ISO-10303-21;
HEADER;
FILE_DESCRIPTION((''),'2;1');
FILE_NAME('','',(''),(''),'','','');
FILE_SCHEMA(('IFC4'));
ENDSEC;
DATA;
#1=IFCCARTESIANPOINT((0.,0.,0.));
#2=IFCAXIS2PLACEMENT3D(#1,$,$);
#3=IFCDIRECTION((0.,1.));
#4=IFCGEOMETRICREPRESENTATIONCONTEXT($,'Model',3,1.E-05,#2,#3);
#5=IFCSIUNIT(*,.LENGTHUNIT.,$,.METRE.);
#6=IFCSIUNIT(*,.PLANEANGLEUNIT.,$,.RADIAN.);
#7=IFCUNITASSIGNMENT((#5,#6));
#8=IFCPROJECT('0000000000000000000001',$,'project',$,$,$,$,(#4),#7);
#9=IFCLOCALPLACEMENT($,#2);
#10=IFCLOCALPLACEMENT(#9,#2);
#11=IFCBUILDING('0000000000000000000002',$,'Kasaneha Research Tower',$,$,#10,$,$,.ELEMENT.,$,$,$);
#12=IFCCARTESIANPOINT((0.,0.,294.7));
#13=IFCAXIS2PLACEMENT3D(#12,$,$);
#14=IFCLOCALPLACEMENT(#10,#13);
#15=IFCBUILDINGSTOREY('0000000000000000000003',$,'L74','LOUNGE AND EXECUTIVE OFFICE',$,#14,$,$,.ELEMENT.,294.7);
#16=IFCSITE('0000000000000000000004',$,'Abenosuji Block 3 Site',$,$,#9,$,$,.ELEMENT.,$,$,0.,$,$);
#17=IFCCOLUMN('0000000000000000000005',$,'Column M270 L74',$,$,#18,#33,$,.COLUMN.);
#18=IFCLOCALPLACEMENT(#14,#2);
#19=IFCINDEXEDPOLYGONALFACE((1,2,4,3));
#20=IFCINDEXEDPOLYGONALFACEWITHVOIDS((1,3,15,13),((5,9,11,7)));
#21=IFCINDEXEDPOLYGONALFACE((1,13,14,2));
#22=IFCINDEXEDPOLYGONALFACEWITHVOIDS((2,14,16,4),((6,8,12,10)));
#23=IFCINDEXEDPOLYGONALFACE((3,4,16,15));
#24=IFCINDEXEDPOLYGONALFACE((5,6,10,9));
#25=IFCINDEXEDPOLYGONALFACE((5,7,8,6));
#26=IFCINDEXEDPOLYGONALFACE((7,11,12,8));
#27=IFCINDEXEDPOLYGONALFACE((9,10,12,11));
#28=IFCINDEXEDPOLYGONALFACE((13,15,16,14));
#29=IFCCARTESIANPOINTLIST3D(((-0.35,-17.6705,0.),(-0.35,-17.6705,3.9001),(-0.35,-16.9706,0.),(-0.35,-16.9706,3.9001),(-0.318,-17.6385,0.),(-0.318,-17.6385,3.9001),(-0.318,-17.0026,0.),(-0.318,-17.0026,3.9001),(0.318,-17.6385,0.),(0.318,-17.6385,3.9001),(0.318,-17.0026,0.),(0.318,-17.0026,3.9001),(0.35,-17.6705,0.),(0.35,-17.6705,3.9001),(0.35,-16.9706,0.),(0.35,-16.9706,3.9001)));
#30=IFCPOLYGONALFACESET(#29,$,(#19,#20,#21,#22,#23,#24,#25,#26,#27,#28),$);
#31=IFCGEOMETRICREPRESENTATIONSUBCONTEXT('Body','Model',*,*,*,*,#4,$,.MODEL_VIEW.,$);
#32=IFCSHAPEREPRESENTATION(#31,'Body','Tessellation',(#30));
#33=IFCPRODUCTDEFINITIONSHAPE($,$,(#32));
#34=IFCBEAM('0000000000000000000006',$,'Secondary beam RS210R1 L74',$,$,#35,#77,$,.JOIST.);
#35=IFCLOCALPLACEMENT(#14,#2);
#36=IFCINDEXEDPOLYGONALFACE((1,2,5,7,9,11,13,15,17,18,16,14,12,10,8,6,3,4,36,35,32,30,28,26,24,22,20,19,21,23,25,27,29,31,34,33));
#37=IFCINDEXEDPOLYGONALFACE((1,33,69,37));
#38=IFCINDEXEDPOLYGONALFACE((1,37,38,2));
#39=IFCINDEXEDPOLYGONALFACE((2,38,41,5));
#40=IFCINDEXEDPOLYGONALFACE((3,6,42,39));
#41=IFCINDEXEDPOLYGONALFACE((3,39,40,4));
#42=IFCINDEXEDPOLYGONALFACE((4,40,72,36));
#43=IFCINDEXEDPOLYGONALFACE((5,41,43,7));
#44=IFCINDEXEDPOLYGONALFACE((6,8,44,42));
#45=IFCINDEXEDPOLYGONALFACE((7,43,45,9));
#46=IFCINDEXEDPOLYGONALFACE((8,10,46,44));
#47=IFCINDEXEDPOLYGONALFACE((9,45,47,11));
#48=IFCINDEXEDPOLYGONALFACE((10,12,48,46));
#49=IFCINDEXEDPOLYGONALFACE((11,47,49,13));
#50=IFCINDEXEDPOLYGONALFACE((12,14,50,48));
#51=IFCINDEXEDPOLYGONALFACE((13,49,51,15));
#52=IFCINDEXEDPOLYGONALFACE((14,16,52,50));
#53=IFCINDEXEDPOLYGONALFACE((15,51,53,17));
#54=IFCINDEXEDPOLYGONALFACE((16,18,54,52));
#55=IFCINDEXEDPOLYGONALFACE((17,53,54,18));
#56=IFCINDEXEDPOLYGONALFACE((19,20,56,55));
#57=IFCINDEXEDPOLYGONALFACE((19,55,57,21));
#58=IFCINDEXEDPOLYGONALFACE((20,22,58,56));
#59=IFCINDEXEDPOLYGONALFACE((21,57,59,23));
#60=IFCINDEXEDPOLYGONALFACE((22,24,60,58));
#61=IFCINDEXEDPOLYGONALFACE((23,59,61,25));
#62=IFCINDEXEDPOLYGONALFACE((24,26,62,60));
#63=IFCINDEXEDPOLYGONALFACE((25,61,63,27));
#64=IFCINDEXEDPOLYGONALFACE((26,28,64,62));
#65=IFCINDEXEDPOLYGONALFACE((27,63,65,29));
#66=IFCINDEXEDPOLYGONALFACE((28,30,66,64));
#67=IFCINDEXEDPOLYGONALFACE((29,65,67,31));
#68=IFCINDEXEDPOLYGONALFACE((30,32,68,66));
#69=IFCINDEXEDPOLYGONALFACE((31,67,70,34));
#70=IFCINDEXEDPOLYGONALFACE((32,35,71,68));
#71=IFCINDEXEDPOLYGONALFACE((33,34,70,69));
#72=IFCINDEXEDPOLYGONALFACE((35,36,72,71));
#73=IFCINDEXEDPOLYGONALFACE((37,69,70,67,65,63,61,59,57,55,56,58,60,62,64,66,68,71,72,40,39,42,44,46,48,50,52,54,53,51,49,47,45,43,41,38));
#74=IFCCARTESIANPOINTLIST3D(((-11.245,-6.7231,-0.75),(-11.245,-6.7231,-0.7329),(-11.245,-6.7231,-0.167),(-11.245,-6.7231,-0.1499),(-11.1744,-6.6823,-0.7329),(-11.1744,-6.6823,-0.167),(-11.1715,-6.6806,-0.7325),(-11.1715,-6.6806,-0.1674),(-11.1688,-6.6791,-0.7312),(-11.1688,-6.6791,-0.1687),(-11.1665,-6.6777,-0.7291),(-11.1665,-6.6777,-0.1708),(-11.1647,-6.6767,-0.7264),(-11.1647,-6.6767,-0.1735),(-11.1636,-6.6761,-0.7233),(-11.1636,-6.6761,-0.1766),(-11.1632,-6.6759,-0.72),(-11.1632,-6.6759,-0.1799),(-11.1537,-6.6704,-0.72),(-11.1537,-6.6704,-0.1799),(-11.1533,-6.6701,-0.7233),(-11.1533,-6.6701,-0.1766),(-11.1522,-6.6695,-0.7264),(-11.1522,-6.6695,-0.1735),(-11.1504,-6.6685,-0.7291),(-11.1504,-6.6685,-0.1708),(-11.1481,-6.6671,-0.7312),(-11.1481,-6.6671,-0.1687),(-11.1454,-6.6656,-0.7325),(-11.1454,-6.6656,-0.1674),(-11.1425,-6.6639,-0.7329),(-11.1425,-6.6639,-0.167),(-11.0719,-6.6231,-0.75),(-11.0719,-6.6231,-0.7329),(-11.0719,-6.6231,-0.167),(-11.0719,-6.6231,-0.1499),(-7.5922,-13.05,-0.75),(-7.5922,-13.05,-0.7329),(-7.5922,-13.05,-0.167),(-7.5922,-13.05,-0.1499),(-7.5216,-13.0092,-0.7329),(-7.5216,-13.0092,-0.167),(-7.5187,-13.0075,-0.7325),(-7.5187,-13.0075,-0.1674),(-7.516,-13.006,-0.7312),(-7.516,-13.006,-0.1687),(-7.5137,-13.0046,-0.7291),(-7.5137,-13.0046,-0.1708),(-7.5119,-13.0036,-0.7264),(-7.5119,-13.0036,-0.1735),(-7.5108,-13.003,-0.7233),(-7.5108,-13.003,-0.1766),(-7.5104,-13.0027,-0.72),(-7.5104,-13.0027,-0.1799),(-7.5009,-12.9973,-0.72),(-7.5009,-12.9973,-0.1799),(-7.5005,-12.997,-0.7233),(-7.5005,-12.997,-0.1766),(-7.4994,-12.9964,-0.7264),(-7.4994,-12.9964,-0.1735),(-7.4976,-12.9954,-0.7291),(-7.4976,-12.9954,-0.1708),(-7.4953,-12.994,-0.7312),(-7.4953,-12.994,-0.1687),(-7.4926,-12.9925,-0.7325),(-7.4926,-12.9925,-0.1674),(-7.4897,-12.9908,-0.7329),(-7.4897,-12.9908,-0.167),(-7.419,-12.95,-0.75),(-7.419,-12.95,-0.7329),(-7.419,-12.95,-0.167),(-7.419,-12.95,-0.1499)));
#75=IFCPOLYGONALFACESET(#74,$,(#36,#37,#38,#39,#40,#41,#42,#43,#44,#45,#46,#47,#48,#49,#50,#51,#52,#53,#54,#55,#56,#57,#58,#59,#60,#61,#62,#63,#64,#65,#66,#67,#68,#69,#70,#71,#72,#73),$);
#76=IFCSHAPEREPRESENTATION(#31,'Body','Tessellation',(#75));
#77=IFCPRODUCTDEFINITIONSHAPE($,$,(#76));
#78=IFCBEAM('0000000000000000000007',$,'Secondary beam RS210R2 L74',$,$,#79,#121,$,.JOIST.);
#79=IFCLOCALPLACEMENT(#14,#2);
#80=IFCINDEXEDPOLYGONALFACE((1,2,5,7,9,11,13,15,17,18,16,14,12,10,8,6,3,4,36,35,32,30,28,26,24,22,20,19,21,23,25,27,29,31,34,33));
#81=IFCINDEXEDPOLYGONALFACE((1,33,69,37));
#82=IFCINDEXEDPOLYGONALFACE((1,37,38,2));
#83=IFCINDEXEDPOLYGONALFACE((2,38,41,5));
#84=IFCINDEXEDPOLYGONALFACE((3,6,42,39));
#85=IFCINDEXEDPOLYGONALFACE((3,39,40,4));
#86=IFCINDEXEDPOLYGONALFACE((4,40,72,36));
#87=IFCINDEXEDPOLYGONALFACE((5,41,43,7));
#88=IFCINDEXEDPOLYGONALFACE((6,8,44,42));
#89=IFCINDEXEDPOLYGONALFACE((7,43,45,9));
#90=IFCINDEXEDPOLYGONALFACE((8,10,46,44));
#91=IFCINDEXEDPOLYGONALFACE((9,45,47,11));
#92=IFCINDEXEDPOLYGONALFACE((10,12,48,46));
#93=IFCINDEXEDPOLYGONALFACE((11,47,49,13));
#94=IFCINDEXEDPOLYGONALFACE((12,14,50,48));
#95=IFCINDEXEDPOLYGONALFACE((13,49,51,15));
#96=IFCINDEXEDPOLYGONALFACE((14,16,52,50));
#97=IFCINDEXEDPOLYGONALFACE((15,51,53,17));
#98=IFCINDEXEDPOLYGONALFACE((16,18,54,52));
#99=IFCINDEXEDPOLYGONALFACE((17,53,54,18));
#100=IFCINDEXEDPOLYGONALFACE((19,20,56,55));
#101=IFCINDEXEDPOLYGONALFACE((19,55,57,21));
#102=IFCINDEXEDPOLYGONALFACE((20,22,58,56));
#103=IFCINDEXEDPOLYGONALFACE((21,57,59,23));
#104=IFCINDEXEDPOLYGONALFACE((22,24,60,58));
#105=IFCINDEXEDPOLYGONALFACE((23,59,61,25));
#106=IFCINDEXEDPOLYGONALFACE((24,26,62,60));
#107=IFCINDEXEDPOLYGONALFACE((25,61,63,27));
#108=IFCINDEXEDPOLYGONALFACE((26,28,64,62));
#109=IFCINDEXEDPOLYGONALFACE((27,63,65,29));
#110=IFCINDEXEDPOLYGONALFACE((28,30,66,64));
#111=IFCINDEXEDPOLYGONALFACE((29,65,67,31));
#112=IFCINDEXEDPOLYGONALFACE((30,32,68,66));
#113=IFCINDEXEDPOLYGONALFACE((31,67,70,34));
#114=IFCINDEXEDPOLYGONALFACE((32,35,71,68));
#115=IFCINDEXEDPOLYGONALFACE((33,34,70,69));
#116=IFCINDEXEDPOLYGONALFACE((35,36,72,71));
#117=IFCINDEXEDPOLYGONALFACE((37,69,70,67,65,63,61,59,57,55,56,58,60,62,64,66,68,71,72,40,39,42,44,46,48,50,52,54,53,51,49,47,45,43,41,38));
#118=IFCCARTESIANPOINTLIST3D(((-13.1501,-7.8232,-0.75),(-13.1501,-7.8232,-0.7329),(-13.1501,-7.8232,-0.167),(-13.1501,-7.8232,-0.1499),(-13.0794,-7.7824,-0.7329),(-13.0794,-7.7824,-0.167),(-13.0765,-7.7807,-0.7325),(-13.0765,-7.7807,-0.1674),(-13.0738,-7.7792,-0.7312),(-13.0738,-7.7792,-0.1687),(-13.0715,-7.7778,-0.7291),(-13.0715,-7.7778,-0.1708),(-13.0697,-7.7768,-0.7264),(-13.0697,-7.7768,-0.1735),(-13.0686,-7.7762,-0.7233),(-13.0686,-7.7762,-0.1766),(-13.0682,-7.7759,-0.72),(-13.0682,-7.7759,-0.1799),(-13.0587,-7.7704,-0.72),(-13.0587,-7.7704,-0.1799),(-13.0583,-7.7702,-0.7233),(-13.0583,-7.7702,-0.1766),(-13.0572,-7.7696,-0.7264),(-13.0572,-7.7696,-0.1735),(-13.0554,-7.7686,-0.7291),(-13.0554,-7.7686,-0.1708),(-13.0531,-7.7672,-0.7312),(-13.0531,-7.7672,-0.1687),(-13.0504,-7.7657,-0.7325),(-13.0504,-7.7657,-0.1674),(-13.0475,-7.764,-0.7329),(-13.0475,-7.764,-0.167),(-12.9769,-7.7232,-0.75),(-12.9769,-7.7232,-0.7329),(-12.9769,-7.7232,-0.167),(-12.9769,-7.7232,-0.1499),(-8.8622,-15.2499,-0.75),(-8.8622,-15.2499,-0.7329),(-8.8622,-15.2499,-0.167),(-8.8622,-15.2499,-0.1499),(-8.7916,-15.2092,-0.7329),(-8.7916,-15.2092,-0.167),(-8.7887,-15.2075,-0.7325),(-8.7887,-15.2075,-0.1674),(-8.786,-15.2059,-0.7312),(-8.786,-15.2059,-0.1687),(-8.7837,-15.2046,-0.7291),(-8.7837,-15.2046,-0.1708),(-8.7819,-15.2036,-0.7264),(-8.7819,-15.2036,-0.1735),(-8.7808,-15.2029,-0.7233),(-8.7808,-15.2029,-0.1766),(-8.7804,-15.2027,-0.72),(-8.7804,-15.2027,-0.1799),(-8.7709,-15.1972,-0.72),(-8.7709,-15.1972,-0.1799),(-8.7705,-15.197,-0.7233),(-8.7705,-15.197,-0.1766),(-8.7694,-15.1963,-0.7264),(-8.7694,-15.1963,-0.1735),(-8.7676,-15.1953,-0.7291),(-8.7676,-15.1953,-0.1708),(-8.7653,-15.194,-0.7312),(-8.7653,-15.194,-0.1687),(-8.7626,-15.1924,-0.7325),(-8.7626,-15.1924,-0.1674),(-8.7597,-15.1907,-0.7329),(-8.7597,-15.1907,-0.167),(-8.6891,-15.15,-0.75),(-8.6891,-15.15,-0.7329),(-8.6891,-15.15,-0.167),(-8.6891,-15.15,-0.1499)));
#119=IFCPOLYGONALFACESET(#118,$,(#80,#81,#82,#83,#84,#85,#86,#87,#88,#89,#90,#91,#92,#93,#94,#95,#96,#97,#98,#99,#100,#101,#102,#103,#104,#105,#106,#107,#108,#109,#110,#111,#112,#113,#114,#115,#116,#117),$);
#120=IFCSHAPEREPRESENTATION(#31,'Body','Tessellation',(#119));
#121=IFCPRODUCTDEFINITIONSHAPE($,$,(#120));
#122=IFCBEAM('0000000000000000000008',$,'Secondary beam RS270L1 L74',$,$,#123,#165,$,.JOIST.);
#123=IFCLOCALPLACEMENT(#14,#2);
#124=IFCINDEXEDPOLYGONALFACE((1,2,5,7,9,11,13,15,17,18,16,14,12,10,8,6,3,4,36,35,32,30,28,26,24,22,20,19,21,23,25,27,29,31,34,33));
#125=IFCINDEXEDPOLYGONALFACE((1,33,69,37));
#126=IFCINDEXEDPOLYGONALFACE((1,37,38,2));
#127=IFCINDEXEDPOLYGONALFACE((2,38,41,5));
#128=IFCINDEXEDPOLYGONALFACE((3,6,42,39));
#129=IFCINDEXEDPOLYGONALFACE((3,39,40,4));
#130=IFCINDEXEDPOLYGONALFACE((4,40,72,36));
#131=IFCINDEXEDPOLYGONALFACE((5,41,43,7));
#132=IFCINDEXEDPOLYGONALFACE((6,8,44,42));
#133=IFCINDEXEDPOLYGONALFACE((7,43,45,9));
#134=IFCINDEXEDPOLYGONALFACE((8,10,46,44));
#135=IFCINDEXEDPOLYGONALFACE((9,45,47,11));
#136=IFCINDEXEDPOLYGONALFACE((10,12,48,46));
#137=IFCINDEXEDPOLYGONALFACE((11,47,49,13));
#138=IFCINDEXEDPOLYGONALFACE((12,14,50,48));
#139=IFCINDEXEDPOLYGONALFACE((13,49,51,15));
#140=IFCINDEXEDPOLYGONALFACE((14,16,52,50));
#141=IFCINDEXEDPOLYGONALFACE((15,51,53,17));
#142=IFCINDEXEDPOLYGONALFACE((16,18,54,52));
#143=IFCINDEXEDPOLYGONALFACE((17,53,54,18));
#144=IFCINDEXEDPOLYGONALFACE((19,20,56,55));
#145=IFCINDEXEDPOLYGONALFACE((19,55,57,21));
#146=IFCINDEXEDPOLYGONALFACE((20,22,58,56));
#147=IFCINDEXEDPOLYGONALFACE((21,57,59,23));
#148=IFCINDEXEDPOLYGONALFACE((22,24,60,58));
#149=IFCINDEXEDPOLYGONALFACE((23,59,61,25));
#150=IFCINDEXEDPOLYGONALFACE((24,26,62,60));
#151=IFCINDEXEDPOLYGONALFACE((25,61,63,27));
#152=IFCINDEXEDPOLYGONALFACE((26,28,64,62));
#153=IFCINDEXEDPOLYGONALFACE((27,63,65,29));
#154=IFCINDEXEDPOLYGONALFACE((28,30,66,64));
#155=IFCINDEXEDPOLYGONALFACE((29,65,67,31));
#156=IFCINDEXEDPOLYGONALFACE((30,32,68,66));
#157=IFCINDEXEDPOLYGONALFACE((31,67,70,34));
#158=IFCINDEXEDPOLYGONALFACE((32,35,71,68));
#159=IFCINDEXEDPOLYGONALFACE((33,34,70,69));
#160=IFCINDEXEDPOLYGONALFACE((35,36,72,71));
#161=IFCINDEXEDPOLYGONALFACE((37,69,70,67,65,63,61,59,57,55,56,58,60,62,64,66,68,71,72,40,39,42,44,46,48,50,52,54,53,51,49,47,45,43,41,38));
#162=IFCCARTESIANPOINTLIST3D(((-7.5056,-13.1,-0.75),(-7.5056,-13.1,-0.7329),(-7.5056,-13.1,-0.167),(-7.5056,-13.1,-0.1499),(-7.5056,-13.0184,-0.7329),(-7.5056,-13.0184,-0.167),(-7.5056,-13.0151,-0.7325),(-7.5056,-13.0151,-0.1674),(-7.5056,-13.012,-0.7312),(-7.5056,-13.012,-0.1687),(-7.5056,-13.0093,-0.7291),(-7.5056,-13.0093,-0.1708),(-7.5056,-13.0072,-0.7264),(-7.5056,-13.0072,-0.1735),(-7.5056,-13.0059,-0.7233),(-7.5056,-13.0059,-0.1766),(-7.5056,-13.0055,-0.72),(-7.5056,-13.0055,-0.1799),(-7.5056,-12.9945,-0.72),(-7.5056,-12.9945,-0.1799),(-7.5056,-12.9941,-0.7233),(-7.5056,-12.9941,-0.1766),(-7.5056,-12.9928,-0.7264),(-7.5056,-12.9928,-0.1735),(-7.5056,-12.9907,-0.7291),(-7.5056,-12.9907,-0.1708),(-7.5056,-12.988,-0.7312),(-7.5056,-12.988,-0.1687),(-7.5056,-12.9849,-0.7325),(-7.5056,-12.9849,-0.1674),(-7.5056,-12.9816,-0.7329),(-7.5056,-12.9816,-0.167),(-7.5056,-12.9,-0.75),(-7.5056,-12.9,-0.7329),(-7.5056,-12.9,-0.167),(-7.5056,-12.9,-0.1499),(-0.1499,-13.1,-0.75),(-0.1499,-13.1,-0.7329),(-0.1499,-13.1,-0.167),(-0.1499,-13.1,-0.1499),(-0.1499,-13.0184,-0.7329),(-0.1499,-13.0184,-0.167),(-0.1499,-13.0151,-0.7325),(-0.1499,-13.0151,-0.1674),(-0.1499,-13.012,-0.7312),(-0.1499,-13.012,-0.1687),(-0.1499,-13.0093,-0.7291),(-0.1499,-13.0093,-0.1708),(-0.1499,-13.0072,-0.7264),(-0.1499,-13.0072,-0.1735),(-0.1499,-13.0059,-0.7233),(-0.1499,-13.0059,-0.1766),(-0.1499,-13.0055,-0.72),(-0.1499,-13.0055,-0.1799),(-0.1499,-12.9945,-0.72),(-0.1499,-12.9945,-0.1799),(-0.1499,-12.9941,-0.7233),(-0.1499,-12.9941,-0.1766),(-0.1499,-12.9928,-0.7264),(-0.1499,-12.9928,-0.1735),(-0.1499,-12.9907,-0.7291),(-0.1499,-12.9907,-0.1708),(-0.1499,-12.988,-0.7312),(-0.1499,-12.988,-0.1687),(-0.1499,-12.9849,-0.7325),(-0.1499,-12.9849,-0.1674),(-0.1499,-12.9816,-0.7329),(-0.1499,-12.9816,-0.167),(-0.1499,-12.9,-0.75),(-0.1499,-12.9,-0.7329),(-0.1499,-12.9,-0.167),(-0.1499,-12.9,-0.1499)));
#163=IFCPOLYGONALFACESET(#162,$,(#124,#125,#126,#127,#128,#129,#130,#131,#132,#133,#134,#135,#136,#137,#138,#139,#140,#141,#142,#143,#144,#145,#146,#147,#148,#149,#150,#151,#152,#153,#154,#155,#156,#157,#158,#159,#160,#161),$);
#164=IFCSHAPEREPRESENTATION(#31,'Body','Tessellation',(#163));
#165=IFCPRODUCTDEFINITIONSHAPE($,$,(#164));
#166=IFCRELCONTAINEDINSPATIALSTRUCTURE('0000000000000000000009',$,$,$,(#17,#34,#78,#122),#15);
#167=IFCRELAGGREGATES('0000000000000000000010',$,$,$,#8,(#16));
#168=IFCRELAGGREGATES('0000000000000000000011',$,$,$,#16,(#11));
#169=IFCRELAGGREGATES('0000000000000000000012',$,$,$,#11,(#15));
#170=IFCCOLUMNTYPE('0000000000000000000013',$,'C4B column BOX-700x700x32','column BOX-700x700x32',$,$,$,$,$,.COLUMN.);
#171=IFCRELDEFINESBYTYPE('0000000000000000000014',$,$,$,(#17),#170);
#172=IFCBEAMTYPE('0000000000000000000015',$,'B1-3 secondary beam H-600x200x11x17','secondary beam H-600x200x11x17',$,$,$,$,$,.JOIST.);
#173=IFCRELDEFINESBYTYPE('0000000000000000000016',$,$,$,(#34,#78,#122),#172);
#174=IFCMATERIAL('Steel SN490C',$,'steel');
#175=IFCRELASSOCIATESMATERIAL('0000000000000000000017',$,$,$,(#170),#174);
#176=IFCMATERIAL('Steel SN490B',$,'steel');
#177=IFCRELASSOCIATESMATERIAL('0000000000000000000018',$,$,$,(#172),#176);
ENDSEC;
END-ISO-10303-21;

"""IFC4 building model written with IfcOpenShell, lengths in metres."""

from ifc_helpers import new_model, si_unit, direction, frame, origin, origin_2d, place, context, subcontext, project, spatial, hollow_rectangle, i_section, extrude, material, material_profile, profile_set, type_object, element, save


model = new_model("IFC4")

# Units and contexts
model_context = context("Model", 3, precision=1e-05, world=origin(), true_north=direction((0.0, 1.0)))
body_context = subcontext(model_context, "Body", "Model", "MODEL_VIEW")
ifc_project = project(units=[si_unit("LENGTHUNIT", "METRE"), si_unit("PLANEANGLEUNIT", "RADIAN")], contexts=[model_context])

# Site, building, storey
site_placement = place(None, origin())
site = spatial("IfcSite", under=ifc_project, at=site_placement, Name="Abenosuji Block 3 Site", CompositionType="ELEMENT", RefElevation=0.0)
building_placement = place(site_placement, origin())
building = spatial("IfcBuilding", under=site, at=building_placement, Name="Kasaneha Research Tower", CompositionType="ELEMENT")
storey_placement = place(building_placement, frame((0.0, 0.0, 294.7)))
storey = spatial("IfcBuildingStorey", under=building, at=storey_placement, Name="L74", Description="LOUNGE AND EXECUTIVE OFFICE", CompositionType="ELEMENT", Elevation=294.7)

# Column
ifc_material_1 = material(Name="Steel SN490C", Category="steel")
ifc_material_profile_1 = material_profile(ifc_material_1, hollow_rectangle(XDim=0.7, YDim=0.7, WallThickness=0.032, at=origin_2d()), Name="BOX-700x700x32")
ifc_profile_set_1 = profile_set([ifc_material_profile_1], Name="Steel SN490C")
column_type = type_object("IfcColumnType", Name="C4B column BOX-700x700x32", Description="column BOX-700x700x32", PredefinedType="COLUMN", material=ifc_profile_set_1)
column_placement = place(storey_placement, frame((0.0, -17.3206, 0.0), z_axis=(0.0, 0.0, 1.0), x_axis=(1.0, 0.0, 0.0)))
element("IfcColumn", 1, at=column_placement, inside=storey, type_object=column_type, Name="Column M270 L74", PredefinedType="COLUMN", context=body_context, shape_type="SweptSolid", body=[
    extrude(hollow_rectangle(XDim=0.7, YDim=0.7, WallThickness=0.032, at=origin_2d()), origin(), (0.0, 0.0, 1.0), 3.9001),
])

# Beams
ifc_material_2 = material(Name="Steel SN490B", Category="steel")
ifc_material_profile_2 = material_profile(ifc_material_2, i_section(OverallWidth=0.2, OverallDepth=0.6001, WebThickness=0.011, FlangeThickness=0.0171, FilletRadius=0.0129, at=origin_2d()), Name="H-600x200x11x17")
ifc_profile_set_2 = profile_set([ifc_material_profile_2], Name="Steel SN490B")
beam_type_1 = type_object("IfcBeamType", Name="B1-3 secondary beam H-600x200x11x17", Description="secondary beam H-600x200x11x17", PredefinedType="JOIST", material=ifc_profile_set_2)
beam_1_placement = place(storey_placement, frame((-7.5056, -13.0, -0.45), z_axis=(-0.499999, 0.866026, 0.0), x_axis=(-0.866026, -0.499999, 0.0)))
element("IfcBeam", 2, at=beam_1_placement, inside=storey, type_object=beam_type_1, Name="Secondary beam RS210R1 L74", PredefinedType="JOIST", context=body_context, shape_type="SweptSolid", body=[
    extrude(i_section(OverallWidth=0.2, OverallDepth=0.6001, WebThickness=0.011, FlangeThickness=0.0171, FilletRadius=0.0129, at=origin_2d()), origin(), (0.0, 0.0, 1.0), 7.3057),
])
beam_2_placement = place(storey_placement, frame((-8.7756, -15.2, -0.45), z_axis=(-0.5, 0.866025, 0.0), x_axis=(-0.866025, -0.5, 0.0)))
element("IfcBeam", 3, at=beam_2_placement, inside=storey, type_object=beam_type_1, Name="Secondary beam RS210R2 L74", PredefinedType="JOIST", context=body_context, shape_type="SweptSolid", body=[
    extrude(i_section(OverallWidth=0.2, OverallDepth=0.6001, WebThickness=0.011, FlangeThickness=0.0171, FilletRadius=0.0129, at=origin_2d()), origin(), (0.0, 0.0, 1.0), 8.5757),
])
beam_3_placement = place(storey_placement, frame((-7.5056, -13.0, -0.45), z_axis=(1.0, 0.0, 0.0), x_axis=(0.0, 1.0, 0.0)))
element("IfcBeam", 4, at=beam_3_placement, inside=storey, type_object=beam_type_1, Name="Secondary beam RS270L1 L74", PredefinedType="JOIST", context=body_context, shape_type="SweptSolid", body=[
    extrude(i_section(OverallWidth=0.2, OverallDepth=0.6001, WebThickness=0.011, FlangeThickness=0.0171, FilletRadius=0.0129, at=origin_2d()), origin(), (0.0, 0.0, 1.0), 7.3557),
])

save(model, "model.ifc")
